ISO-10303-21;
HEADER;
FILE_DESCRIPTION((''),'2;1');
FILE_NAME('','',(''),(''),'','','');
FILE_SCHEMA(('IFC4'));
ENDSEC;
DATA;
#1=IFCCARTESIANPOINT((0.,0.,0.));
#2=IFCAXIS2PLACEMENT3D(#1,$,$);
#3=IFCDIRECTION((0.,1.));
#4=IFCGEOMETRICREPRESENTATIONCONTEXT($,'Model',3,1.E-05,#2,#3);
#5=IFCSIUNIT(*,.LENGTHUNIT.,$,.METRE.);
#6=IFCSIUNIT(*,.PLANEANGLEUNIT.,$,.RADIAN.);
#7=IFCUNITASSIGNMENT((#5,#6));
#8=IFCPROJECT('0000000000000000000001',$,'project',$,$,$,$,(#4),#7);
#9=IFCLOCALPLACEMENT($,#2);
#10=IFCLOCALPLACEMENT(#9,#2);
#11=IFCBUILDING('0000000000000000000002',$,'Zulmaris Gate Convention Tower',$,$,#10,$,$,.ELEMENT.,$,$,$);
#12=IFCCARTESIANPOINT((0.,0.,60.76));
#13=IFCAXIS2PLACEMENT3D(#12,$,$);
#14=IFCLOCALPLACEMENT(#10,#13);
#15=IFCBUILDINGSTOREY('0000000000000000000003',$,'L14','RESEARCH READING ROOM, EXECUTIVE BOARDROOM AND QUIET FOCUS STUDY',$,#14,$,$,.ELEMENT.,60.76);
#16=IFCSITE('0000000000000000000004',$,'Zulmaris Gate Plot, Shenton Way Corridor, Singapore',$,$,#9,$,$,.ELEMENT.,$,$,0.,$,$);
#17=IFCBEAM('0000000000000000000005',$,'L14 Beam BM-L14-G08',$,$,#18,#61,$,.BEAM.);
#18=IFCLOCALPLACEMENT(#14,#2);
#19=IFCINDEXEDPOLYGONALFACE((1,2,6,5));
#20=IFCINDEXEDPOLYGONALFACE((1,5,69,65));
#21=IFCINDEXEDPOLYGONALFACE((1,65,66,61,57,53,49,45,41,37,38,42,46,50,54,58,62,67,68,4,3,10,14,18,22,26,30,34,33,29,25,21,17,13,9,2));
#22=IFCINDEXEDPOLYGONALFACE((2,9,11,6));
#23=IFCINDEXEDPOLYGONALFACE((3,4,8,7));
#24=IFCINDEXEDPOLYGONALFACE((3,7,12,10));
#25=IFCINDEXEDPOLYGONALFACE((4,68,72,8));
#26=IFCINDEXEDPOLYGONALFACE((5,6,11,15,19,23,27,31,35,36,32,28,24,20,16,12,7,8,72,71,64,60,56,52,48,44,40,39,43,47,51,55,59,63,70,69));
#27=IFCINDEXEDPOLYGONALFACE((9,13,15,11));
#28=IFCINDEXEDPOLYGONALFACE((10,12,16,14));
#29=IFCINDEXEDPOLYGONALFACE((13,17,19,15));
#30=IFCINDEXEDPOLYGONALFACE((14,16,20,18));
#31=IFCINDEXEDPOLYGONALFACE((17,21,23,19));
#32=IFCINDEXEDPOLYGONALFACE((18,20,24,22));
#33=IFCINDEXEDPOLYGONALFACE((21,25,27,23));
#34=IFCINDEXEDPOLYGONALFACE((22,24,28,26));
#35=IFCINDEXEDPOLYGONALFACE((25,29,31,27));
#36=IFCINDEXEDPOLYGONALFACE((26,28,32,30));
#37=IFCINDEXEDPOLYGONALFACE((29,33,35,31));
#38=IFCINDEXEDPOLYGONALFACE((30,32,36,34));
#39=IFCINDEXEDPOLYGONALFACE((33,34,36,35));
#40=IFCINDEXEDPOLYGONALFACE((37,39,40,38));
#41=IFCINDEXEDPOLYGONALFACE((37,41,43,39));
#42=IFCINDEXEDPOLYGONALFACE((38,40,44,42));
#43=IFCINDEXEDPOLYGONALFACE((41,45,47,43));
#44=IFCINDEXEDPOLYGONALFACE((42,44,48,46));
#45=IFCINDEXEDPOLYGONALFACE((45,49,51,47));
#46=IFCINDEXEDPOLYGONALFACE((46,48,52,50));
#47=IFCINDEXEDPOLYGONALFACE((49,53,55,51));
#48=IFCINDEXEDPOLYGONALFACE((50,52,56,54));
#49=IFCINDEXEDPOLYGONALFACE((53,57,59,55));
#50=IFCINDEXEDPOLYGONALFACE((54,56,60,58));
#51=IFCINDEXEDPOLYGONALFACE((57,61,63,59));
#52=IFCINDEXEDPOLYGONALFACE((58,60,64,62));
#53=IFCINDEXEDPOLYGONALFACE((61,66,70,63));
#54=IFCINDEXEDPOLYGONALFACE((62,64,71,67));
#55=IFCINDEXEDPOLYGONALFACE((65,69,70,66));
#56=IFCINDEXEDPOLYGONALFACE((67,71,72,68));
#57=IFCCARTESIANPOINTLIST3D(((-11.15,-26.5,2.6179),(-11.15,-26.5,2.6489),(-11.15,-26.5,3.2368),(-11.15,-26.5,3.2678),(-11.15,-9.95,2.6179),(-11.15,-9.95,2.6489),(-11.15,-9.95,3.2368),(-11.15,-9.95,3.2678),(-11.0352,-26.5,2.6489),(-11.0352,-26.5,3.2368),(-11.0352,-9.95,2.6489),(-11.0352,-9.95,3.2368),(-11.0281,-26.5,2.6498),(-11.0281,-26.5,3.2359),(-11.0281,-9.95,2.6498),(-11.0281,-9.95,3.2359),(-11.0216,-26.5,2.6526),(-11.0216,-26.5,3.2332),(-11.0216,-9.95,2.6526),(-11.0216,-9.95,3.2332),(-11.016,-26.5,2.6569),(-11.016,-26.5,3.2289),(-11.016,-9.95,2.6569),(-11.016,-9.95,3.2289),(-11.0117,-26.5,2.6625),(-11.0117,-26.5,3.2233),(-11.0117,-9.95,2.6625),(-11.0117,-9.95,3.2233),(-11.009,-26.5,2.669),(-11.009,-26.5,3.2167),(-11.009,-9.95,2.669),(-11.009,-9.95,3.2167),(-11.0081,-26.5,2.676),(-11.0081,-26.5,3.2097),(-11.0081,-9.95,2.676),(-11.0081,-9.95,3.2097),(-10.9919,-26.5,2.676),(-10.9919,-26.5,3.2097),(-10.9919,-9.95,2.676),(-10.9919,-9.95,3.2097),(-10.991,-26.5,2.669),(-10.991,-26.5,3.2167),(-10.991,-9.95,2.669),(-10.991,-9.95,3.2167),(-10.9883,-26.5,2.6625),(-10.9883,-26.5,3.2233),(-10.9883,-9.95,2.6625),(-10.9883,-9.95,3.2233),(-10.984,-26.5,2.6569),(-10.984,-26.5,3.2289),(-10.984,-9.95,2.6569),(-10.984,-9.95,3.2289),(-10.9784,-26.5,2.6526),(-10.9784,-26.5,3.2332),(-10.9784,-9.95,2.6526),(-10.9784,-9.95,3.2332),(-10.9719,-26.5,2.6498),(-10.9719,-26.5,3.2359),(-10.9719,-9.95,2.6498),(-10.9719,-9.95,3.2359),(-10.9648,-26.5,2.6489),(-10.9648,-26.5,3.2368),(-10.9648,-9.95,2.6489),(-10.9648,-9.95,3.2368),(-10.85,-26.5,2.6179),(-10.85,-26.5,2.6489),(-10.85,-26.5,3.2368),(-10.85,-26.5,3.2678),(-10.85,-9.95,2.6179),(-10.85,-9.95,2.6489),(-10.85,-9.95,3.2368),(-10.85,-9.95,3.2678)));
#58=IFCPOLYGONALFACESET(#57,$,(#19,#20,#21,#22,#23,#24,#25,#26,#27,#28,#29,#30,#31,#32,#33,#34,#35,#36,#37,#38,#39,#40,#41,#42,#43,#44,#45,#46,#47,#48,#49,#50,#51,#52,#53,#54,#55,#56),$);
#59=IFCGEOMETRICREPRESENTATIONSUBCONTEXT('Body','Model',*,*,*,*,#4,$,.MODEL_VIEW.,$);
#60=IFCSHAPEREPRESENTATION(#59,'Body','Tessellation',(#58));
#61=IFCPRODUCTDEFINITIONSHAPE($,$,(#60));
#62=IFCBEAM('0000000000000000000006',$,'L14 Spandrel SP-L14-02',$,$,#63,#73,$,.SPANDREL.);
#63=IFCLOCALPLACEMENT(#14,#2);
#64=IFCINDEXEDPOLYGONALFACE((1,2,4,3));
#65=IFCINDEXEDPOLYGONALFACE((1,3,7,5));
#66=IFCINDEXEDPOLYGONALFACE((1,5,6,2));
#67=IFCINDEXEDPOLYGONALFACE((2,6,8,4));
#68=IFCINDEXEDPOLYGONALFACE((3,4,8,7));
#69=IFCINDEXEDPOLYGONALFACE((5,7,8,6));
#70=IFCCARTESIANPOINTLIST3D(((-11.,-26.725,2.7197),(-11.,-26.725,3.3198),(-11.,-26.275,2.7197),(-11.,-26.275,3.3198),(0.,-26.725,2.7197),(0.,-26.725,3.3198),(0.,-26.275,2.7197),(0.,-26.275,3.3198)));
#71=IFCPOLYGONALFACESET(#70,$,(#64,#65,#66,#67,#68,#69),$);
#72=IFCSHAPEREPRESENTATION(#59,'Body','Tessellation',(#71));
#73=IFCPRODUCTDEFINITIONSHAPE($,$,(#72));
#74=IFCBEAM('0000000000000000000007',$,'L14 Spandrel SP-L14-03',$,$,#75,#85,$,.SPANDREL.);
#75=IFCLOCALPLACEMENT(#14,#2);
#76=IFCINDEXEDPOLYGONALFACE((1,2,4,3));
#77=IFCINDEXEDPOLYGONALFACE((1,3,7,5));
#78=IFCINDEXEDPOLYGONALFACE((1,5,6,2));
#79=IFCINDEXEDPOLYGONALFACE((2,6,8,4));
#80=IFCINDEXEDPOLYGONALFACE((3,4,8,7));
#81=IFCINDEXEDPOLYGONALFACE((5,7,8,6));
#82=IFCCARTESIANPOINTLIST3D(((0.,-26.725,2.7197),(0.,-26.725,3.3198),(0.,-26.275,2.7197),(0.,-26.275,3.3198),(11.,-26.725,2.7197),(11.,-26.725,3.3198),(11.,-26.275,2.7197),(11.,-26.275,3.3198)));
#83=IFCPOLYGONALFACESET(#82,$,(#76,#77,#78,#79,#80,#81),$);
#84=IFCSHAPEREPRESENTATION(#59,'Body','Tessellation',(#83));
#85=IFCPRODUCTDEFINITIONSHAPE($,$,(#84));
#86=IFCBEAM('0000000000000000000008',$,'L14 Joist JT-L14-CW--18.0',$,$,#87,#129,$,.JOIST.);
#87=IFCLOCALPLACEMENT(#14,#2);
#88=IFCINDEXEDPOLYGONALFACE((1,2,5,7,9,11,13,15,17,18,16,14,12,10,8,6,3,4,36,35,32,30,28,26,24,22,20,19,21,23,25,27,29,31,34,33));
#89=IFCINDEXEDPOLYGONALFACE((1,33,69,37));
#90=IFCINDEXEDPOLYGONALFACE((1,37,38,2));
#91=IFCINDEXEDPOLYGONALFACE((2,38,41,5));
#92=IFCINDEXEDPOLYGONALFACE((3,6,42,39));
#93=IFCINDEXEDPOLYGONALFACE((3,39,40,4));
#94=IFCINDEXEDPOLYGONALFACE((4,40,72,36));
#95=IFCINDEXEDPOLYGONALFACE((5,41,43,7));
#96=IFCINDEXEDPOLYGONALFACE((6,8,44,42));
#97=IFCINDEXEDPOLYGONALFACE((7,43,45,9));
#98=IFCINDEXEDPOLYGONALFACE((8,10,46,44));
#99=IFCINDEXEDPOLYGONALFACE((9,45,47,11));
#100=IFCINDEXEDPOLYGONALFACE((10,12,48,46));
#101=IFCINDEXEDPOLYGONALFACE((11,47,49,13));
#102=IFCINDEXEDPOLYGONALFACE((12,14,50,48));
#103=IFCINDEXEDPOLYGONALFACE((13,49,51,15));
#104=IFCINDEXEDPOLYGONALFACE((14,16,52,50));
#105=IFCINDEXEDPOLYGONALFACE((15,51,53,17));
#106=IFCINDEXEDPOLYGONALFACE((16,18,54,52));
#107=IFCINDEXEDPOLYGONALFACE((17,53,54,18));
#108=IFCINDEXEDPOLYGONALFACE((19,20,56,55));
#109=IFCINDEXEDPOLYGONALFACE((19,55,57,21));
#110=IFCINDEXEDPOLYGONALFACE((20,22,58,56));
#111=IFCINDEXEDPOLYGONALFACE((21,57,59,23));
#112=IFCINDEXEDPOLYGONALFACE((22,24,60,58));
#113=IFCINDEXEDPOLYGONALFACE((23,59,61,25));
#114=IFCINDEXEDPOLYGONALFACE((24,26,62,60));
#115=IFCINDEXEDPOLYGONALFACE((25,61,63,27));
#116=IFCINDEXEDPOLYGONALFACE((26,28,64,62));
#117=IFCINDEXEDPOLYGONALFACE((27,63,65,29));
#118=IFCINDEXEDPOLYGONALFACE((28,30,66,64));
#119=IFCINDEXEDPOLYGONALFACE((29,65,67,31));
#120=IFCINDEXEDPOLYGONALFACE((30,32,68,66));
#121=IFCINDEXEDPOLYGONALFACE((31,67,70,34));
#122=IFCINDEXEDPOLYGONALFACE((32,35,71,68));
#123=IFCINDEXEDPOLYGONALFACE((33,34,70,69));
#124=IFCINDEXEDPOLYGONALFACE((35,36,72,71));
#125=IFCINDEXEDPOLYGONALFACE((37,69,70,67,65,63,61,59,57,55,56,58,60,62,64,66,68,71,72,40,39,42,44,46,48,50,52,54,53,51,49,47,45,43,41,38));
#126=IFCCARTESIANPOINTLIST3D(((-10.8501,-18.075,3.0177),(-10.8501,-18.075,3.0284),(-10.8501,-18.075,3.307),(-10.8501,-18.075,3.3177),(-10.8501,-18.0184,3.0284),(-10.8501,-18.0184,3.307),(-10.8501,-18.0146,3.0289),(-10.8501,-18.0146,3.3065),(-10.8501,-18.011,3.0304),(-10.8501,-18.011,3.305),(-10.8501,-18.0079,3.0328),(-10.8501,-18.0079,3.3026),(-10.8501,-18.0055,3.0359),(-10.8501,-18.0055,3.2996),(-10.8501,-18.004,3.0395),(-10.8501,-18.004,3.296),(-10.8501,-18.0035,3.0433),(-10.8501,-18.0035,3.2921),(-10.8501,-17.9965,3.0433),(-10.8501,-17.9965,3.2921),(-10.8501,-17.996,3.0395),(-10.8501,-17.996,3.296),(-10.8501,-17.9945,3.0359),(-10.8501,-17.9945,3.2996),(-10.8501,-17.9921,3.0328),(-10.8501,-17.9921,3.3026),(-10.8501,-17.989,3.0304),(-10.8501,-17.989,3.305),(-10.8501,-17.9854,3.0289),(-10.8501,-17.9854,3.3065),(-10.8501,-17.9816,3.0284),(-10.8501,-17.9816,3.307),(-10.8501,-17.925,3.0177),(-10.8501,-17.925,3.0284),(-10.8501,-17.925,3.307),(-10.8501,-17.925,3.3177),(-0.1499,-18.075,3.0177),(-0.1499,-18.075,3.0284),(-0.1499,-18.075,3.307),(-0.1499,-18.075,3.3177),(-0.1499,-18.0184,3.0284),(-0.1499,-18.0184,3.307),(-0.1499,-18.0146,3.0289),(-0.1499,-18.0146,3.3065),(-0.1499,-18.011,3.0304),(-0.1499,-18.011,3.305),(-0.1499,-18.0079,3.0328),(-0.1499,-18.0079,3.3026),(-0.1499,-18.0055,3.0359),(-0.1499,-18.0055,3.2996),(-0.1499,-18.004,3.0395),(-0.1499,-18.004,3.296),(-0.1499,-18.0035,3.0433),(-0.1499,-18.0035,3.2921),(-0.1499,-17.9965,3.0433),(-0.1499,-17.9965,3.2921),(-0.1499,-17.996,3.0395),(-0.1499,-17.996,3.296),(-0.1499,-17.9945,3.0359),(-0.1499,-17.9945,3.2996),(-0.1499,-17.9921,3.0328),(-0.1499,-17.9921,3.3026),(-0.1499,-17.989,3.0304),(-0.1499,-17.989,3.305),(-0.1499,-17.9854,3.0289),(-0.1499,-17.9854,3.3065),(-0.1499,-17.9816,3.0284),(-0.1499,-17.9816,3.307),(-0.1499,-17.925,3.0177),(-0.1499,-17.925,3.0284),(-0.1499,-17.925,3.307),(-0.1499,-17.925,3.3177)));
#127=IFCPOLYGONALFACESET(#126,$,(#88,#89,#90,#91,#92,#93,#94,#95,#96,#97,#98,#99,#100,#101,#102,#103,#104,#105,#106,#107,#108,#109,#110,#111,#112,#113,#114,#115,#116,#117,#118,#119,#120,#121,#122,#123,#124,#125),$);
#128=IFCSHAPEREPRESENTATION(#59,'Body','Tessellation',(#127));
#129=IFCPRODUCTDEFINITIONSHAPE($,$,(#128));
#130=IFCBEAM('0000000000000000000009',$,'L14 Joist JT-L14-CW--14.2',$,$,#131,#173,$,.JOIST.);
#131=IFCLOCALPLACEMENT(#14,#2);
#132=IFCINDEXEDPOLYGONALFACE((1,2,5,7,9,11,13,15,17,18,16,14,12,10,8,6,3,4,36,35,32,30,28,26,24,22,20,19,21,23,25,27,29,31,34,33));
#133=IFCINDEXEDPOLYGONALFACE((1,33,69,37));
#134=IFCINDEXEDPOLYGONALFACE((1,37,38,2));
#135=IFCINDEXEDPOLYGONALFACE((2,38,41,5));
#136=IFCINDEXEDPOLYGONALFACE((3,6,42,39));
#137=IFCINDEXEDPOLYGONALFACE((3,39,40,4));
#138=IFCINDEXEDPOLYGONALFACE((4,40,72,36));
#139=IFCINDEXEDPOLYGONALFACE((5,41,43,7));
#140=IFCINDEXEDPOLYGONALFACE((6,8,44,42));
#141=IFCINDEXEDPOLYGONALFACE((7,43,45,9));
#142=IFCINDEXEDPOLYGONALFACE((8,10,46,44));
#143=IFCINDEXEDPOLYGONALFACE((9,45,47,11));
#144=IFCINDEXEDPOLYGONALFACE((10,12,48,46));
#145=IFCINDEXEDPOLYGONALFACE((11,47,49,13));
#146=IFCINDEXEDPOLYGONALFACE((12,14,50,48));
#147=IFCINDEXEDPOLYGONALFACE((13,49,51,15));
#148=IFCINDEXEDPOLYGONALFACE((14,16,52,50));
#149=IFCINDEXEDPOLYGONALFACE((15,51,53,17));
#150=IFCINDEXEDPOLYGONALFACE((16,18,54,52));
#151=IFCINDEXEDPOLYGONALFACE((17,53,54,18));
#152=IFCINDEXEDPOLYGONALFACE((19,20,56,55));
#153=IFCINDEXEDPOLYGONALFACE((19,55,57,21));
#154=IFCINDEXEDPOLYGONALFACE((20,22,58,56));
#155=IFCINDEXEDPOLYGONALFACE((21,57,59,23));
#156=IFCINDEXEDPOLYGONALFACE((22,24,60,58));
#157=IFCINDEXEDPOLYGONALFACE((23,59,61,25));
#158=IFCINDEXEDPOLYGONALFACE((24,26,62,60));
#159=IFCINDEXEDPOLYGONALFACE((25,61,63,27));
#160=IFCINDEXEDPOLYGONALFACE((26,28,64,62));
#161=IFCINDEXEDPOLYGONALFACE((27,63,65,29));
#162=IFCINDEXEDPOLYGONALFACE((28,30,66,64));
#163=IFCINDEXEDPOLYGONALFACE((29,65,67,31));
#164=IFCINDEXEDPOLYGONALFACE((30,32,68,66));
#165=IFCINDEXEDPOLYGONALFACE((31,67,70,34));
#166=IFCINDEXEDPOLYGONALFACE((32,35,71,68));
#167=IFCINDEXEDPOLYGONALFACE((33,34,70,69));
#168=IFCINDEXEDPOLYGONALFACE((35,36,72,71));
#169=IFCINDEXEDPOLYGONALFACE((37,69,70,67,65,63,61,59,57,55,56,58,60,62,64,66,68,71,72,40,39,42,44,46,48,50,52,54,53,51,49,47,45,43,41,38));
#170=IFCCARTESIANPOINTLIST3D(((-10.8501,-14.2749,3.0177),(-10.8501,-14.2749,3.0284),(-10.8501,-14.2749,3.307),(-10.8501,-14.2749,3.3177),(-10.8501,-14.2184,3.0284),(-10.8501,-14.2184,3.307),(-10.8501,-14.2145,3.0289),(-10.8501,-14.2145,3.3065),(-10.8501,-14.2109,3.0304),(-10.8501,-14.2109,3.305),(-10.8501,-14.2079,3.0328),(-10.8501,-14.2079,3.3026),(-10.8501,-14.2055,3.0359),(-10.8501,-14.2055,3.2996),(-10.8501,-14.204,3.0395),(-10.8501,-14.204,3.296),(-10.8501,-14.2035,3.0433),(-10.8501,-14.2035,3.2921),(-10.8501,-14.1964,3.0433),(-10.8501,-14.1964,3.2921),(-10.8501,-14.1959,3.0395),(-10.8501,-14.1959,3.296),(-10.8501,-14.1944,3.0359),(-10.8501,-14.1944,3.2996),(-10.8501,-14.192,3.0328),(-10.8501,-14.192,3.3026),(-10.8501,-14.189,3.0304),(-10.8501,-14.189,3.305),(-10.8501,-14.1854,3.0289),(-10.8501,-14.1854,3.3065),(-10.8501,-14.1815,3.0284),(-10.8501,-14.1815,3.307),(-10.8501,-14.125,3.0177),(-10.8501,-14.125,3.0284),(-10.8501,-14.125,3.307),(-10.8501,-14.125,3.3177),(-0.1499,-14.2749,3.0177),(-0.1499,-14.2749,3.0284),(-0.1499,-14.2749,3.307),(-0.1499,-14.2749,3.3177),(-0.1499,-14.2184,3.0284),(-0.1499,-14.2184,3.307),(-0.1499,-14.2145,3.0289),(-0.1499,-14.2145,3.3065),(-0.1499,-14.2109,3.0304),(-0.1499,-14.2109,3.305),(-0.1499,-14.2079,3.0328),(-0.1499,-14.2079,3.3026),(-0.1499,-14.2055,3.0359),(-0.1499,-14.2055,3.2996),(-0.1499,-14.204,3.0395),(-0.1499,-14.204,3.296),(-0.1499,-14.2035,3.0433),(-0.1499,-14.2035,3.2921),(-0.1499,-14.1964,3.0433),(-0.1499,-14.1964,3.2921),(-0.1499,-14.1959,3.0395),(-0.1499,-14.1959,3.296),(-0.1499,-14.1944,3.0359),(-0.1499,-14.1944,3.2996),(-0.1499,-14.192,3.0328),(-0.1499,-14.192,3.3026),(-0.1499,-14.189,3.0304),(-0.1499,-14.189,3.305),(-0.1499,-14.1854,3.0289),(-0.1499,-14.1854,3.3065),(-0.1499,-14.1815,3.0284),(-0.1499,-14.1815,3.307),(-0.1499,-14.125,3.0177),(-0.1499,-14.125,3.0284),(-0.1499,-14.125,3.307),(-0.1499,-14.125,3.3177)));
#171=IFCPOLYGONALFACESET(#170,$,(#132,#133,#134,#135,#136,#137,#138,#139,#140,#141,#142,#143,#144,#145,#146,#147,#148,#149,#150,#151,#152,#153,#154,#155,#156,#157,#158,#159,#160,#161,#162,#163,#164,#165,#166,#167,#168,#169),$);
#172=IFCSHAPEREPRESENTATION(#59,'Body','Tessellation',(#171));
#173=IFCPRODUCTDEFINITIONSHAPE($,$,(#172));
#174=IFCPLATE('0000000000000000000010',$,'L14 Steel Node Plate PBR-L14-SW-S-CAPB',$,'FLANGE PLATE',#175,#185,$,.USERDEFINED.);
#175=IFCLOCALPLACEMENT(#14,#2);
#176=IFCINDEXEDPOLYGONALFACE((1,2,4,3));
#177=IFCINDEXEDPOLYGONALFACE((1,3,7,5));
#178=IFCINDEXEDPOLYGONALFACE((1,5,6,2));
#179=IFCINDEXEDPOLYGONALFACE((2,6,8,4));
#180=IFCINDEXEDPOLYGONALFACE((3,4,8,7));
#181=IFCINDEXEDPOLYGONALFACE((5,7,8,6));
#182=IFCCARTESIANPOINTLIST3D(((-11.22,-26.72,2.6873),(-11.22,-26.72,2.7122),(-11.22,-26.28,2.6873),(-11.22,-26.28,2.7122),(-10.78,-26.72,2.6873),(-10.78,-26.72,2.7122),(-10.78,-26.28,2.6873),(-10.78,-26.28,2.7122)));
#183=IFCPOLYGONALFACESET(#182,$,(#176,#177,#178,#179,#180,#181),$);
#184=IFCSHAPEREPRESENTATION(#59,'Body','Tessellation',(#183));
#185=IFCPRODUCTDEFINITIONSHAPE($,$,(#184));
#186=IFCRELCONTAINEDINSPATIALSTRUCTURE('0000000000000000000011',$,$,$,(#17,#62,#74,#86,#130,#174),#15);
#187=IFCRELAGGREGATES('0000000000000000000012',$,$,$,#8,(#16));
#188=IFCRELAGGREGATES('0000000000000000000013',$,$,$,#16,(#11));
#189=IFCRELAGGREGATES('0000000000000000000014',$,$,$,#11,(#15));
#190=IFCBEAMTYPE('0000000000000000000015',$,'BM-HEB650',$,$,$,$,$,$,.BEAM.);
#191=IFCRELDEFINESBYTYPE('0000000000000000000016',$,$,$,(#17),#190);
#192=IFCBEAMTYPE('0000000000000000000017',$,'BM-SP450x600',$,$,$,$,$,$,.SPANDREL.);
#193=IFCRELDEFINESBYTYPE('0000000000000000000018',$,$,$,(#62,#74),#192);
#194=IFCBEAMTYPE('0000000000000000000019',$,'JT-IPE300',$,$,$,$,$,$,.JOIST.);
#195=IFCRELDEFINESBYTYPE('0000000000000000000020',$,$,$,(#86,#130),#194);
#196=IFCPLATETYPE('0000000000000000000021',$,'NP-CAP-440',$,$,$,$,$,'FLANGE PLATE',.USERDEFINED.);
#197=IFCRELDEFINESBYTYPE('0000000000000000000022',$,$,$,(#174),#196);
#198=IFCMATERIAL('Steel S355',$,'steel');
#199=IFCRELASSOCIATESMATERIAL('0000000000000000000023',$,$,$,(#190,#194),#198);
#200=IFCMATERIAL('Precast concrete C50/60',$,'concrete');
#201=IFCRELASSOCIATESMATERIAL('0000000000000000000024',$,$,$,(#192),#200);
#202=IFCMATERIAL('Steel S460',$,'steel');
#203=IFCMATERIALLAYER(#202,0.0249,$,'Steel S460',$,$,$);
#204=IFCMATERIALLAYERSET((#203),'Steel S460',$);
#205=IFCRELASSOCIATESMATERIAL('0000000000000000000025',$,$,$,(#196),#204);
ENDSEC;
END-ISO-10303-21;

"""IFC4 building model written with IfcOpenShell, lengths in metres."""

from ifc_helpers import new_model, si_unit, direction, frame, origin, origin_2d, place, context, subcontext, project, spatial, rectangle, i_section, extrude, material, layer, layer_set, material_profile, profile_set, type_object, element, save


model = new_model("IFC4")

# Units and contexts
model_context = context("Model", 3, precision=1e-05, world=origin(), true_north=direction((0.0, 1.0)))
body_context = subcontext(model_context, "Body", "Model", "MODEL_VIEW")
ifc_project = project(units=[si_unit("LENGTHUNIT", "METRE"), si_unit("PLANEANGLEUNIT", "RADIAN")], contexts=[model_context])

# Site, building, storey
site_placement = place(None, origin())
site = spatial("IfcSite", under=ifc_project, at=site_placement, Name="Zulmaris Gate Plot, Shenton Way Corridor, Singapore", CompositionType="ELEMENT", RefElevation=0.0)
building_placement = place(site_placement, origin())
building = spatial("IfcBuilding", under=site, at=building_placement, Name="Zulmaris Gate Convention Tower", CompositionType="ELEMENT")
storey_placement = place(building_placement, frame((0.0, 0.0, 60.76)))
storey = spatial("IfcBuildingStorey", under=building, at=storey_placement, Name="L14", Description="RESEARCH READING ROOM, EXECUTIVE BOARDROOM AND QUIET FOCUS STUDY", CompositionType="ELEMENT", Elevation=60.76)

# Beams
ifc_material_1 = material(Name="Steel S355", Category="steel")
ifc_material_profile_1 = material_profile(ifc_material_1, i_section(OverallWidth=0.3, OverallDepth=0.6499, WebThickness=0.0161, FlangeThickness=0.031, FilletRadius=0.0271, at=origin_2d()), Name="HEB 650")
ifc_profile_set_1 = profile_set([ifc_material_profile_1], Name="Steel S355")
beam_type_1 = type_object("IfcBeamType", Name="BM-HEB650", PredefinedType="BEAM", material=ifc_profile_set_1)
beam_1_placement = place(storey_placement, frame((-11.0, -26.5, 2.9429), z_axis=(0.0, 1.0, 0.0), x_axis=(-1.0, 0.0, 0.0)))
element("IfcBeam", 1, at=beam_1_placement, inside=storey, type_object=beam_type_1, Name="L14 Beam BM-L14-G08", PredefinedType="BEAM", context=body_context, shape_type="SweptSolid", body=[
    extrude(i_section(OverallWidth=0.3, OverallDepth=0.6499, WebThickness=0.0161, FlangeThickness=0.031, FilletRadius=0.0271, at=origin_2d()), origin(), (0.0, 0.0, 1.0), 16.55),
])
ifc_material_2 = material(Name="Precast concrete C50/60", Category="concrete")
ifc_material_profile_2 = material_profile(ifc_material_2, rectangle(XDim=0.45, YDim=0.6001, at=origin_2d()), Name="RC SPANDREL 450x600")
ifc_profile_set_2 = profile_set([ifc_material_profile_2], Name="Precast concrete C50/60")
beam_type_2 = type_object("IfcBeamType", Name="BM-SP450x600", PredefinedType="SPANDREL", material=ifc_profile_set_2)
for number, where, z_axis, x_axis, name in (
    (2, (-11.0, -26.5, 3.0198), (1.0, 0.0, 0.0), (0.0, 1.0, 0.0), "L14 Spandrel SP-L14-02"),
    (3, (0.0, -26.5, 3.0198), (1.0, 0.0, 0.0), (0.0, 1.0, 0.0), "L14 Spandrel SP-L14-03"),
):
    element("IfcBeam", number, at=place(storey_placement, frame(where, z_axis=z_axis, x_axis=x_axis)), inside=storey, type_object=beam_type_2, Name=name, PredefinedType="SPANDREL", context=body_context, shape_type="SweptSolid", body=[
        extrude(rectangle(XDim=0.45, YDim=0.6001, at=origin_2d()), origin(), (0.0, 0.0, 1.0), 11.0),
    ])
ifc_material_profile_3 = material_profile(ifc_material_1, i_section(OverallWidth=0.1499, OverallDepth=0.3, WebThickness=0.0071, FlangeThickness=0.0107, FilletRadius=0.0149, at=origin_2d()), Name="IPE 300")
ifc_profile_set_3 = profile_set([ifc_material_profile_3], Name="Steel S355")
beam_type_3 = type_object("IfcBeamType", Name="JT-IPE300", PredefinedType="JOIST", material=ifc_profile_set_3)
for number, where, z_axis, x_axis, name in (
    (4, (-10.8501, -18.0, 3.1677), (1.0, 0.0, 0.0), (0.0, 1.0, 0.0), "L14 Joist JT-L14-CW--18.0"),
    (5, (-10.8501, -14.2, 3.1677), (1.0, 0.0, 0.0), (0.0, 1.0, 0.0), "L14 Joist JT-L14-CW--14.2"),
):
    element("IfcBeam", number, at=place(storey_placement, frame(where, z_axis=z_axis, x_axis=x_axis)), inside=storey, type_object=beam_type_3, Name=name, PredefinedType="JOIST", context=body_context, shape_type="SweptSolid", body=[
        extrude(i_section(OverallWidth=0.1499, OverallDepth=0.3, WebThickness=0.0071, FlangeThickness=0.0107, FilletRadius=0.0149, at=origin_2d()), origin(), (0.0, 0.0, 1.0), 10.7002),
    ])

# Plate
ifc_material_3 = material(Name="Steel S460", Category="steel")
ifc_layer_1 = layer(ifc_material_3, 0.0249, Name="Steel S460")
ifc_layer_set_1 = layer_set([ifc_layer_1], Name="Steel S460")
plate_type = type_object("IfcPlateType", Name="NP-CAP-440", ElementType="FLANGE PLATE", PredefinedType="USERDEFINED", material=ifc_layer_set_1)
plate_placement = place(storey_placement, frame((-11.0, -26.5, 2.6873), z_axis=(0.0, 0.0, 1.0), x_axis=(1.0, 0.0, 0.0)))
element("IfcPlate", 6, at=plate_placement, inside=storey, type_object=plate_type, Name="L14 Steel Node Plate PBR-L14-SW-S-CAPB", ObjectType="FLANGE PLATE", PredefinedType="USERDEFINED", context=body_context, shape_type="SweptSolid", body=[
    extrude(rectangle(XDim=0.4399, YDim=0.4399, at=origin_2d()), origin(), (0.0, 0.0, 1.0), 0.0249),
])

save(model, "model.ifc")
